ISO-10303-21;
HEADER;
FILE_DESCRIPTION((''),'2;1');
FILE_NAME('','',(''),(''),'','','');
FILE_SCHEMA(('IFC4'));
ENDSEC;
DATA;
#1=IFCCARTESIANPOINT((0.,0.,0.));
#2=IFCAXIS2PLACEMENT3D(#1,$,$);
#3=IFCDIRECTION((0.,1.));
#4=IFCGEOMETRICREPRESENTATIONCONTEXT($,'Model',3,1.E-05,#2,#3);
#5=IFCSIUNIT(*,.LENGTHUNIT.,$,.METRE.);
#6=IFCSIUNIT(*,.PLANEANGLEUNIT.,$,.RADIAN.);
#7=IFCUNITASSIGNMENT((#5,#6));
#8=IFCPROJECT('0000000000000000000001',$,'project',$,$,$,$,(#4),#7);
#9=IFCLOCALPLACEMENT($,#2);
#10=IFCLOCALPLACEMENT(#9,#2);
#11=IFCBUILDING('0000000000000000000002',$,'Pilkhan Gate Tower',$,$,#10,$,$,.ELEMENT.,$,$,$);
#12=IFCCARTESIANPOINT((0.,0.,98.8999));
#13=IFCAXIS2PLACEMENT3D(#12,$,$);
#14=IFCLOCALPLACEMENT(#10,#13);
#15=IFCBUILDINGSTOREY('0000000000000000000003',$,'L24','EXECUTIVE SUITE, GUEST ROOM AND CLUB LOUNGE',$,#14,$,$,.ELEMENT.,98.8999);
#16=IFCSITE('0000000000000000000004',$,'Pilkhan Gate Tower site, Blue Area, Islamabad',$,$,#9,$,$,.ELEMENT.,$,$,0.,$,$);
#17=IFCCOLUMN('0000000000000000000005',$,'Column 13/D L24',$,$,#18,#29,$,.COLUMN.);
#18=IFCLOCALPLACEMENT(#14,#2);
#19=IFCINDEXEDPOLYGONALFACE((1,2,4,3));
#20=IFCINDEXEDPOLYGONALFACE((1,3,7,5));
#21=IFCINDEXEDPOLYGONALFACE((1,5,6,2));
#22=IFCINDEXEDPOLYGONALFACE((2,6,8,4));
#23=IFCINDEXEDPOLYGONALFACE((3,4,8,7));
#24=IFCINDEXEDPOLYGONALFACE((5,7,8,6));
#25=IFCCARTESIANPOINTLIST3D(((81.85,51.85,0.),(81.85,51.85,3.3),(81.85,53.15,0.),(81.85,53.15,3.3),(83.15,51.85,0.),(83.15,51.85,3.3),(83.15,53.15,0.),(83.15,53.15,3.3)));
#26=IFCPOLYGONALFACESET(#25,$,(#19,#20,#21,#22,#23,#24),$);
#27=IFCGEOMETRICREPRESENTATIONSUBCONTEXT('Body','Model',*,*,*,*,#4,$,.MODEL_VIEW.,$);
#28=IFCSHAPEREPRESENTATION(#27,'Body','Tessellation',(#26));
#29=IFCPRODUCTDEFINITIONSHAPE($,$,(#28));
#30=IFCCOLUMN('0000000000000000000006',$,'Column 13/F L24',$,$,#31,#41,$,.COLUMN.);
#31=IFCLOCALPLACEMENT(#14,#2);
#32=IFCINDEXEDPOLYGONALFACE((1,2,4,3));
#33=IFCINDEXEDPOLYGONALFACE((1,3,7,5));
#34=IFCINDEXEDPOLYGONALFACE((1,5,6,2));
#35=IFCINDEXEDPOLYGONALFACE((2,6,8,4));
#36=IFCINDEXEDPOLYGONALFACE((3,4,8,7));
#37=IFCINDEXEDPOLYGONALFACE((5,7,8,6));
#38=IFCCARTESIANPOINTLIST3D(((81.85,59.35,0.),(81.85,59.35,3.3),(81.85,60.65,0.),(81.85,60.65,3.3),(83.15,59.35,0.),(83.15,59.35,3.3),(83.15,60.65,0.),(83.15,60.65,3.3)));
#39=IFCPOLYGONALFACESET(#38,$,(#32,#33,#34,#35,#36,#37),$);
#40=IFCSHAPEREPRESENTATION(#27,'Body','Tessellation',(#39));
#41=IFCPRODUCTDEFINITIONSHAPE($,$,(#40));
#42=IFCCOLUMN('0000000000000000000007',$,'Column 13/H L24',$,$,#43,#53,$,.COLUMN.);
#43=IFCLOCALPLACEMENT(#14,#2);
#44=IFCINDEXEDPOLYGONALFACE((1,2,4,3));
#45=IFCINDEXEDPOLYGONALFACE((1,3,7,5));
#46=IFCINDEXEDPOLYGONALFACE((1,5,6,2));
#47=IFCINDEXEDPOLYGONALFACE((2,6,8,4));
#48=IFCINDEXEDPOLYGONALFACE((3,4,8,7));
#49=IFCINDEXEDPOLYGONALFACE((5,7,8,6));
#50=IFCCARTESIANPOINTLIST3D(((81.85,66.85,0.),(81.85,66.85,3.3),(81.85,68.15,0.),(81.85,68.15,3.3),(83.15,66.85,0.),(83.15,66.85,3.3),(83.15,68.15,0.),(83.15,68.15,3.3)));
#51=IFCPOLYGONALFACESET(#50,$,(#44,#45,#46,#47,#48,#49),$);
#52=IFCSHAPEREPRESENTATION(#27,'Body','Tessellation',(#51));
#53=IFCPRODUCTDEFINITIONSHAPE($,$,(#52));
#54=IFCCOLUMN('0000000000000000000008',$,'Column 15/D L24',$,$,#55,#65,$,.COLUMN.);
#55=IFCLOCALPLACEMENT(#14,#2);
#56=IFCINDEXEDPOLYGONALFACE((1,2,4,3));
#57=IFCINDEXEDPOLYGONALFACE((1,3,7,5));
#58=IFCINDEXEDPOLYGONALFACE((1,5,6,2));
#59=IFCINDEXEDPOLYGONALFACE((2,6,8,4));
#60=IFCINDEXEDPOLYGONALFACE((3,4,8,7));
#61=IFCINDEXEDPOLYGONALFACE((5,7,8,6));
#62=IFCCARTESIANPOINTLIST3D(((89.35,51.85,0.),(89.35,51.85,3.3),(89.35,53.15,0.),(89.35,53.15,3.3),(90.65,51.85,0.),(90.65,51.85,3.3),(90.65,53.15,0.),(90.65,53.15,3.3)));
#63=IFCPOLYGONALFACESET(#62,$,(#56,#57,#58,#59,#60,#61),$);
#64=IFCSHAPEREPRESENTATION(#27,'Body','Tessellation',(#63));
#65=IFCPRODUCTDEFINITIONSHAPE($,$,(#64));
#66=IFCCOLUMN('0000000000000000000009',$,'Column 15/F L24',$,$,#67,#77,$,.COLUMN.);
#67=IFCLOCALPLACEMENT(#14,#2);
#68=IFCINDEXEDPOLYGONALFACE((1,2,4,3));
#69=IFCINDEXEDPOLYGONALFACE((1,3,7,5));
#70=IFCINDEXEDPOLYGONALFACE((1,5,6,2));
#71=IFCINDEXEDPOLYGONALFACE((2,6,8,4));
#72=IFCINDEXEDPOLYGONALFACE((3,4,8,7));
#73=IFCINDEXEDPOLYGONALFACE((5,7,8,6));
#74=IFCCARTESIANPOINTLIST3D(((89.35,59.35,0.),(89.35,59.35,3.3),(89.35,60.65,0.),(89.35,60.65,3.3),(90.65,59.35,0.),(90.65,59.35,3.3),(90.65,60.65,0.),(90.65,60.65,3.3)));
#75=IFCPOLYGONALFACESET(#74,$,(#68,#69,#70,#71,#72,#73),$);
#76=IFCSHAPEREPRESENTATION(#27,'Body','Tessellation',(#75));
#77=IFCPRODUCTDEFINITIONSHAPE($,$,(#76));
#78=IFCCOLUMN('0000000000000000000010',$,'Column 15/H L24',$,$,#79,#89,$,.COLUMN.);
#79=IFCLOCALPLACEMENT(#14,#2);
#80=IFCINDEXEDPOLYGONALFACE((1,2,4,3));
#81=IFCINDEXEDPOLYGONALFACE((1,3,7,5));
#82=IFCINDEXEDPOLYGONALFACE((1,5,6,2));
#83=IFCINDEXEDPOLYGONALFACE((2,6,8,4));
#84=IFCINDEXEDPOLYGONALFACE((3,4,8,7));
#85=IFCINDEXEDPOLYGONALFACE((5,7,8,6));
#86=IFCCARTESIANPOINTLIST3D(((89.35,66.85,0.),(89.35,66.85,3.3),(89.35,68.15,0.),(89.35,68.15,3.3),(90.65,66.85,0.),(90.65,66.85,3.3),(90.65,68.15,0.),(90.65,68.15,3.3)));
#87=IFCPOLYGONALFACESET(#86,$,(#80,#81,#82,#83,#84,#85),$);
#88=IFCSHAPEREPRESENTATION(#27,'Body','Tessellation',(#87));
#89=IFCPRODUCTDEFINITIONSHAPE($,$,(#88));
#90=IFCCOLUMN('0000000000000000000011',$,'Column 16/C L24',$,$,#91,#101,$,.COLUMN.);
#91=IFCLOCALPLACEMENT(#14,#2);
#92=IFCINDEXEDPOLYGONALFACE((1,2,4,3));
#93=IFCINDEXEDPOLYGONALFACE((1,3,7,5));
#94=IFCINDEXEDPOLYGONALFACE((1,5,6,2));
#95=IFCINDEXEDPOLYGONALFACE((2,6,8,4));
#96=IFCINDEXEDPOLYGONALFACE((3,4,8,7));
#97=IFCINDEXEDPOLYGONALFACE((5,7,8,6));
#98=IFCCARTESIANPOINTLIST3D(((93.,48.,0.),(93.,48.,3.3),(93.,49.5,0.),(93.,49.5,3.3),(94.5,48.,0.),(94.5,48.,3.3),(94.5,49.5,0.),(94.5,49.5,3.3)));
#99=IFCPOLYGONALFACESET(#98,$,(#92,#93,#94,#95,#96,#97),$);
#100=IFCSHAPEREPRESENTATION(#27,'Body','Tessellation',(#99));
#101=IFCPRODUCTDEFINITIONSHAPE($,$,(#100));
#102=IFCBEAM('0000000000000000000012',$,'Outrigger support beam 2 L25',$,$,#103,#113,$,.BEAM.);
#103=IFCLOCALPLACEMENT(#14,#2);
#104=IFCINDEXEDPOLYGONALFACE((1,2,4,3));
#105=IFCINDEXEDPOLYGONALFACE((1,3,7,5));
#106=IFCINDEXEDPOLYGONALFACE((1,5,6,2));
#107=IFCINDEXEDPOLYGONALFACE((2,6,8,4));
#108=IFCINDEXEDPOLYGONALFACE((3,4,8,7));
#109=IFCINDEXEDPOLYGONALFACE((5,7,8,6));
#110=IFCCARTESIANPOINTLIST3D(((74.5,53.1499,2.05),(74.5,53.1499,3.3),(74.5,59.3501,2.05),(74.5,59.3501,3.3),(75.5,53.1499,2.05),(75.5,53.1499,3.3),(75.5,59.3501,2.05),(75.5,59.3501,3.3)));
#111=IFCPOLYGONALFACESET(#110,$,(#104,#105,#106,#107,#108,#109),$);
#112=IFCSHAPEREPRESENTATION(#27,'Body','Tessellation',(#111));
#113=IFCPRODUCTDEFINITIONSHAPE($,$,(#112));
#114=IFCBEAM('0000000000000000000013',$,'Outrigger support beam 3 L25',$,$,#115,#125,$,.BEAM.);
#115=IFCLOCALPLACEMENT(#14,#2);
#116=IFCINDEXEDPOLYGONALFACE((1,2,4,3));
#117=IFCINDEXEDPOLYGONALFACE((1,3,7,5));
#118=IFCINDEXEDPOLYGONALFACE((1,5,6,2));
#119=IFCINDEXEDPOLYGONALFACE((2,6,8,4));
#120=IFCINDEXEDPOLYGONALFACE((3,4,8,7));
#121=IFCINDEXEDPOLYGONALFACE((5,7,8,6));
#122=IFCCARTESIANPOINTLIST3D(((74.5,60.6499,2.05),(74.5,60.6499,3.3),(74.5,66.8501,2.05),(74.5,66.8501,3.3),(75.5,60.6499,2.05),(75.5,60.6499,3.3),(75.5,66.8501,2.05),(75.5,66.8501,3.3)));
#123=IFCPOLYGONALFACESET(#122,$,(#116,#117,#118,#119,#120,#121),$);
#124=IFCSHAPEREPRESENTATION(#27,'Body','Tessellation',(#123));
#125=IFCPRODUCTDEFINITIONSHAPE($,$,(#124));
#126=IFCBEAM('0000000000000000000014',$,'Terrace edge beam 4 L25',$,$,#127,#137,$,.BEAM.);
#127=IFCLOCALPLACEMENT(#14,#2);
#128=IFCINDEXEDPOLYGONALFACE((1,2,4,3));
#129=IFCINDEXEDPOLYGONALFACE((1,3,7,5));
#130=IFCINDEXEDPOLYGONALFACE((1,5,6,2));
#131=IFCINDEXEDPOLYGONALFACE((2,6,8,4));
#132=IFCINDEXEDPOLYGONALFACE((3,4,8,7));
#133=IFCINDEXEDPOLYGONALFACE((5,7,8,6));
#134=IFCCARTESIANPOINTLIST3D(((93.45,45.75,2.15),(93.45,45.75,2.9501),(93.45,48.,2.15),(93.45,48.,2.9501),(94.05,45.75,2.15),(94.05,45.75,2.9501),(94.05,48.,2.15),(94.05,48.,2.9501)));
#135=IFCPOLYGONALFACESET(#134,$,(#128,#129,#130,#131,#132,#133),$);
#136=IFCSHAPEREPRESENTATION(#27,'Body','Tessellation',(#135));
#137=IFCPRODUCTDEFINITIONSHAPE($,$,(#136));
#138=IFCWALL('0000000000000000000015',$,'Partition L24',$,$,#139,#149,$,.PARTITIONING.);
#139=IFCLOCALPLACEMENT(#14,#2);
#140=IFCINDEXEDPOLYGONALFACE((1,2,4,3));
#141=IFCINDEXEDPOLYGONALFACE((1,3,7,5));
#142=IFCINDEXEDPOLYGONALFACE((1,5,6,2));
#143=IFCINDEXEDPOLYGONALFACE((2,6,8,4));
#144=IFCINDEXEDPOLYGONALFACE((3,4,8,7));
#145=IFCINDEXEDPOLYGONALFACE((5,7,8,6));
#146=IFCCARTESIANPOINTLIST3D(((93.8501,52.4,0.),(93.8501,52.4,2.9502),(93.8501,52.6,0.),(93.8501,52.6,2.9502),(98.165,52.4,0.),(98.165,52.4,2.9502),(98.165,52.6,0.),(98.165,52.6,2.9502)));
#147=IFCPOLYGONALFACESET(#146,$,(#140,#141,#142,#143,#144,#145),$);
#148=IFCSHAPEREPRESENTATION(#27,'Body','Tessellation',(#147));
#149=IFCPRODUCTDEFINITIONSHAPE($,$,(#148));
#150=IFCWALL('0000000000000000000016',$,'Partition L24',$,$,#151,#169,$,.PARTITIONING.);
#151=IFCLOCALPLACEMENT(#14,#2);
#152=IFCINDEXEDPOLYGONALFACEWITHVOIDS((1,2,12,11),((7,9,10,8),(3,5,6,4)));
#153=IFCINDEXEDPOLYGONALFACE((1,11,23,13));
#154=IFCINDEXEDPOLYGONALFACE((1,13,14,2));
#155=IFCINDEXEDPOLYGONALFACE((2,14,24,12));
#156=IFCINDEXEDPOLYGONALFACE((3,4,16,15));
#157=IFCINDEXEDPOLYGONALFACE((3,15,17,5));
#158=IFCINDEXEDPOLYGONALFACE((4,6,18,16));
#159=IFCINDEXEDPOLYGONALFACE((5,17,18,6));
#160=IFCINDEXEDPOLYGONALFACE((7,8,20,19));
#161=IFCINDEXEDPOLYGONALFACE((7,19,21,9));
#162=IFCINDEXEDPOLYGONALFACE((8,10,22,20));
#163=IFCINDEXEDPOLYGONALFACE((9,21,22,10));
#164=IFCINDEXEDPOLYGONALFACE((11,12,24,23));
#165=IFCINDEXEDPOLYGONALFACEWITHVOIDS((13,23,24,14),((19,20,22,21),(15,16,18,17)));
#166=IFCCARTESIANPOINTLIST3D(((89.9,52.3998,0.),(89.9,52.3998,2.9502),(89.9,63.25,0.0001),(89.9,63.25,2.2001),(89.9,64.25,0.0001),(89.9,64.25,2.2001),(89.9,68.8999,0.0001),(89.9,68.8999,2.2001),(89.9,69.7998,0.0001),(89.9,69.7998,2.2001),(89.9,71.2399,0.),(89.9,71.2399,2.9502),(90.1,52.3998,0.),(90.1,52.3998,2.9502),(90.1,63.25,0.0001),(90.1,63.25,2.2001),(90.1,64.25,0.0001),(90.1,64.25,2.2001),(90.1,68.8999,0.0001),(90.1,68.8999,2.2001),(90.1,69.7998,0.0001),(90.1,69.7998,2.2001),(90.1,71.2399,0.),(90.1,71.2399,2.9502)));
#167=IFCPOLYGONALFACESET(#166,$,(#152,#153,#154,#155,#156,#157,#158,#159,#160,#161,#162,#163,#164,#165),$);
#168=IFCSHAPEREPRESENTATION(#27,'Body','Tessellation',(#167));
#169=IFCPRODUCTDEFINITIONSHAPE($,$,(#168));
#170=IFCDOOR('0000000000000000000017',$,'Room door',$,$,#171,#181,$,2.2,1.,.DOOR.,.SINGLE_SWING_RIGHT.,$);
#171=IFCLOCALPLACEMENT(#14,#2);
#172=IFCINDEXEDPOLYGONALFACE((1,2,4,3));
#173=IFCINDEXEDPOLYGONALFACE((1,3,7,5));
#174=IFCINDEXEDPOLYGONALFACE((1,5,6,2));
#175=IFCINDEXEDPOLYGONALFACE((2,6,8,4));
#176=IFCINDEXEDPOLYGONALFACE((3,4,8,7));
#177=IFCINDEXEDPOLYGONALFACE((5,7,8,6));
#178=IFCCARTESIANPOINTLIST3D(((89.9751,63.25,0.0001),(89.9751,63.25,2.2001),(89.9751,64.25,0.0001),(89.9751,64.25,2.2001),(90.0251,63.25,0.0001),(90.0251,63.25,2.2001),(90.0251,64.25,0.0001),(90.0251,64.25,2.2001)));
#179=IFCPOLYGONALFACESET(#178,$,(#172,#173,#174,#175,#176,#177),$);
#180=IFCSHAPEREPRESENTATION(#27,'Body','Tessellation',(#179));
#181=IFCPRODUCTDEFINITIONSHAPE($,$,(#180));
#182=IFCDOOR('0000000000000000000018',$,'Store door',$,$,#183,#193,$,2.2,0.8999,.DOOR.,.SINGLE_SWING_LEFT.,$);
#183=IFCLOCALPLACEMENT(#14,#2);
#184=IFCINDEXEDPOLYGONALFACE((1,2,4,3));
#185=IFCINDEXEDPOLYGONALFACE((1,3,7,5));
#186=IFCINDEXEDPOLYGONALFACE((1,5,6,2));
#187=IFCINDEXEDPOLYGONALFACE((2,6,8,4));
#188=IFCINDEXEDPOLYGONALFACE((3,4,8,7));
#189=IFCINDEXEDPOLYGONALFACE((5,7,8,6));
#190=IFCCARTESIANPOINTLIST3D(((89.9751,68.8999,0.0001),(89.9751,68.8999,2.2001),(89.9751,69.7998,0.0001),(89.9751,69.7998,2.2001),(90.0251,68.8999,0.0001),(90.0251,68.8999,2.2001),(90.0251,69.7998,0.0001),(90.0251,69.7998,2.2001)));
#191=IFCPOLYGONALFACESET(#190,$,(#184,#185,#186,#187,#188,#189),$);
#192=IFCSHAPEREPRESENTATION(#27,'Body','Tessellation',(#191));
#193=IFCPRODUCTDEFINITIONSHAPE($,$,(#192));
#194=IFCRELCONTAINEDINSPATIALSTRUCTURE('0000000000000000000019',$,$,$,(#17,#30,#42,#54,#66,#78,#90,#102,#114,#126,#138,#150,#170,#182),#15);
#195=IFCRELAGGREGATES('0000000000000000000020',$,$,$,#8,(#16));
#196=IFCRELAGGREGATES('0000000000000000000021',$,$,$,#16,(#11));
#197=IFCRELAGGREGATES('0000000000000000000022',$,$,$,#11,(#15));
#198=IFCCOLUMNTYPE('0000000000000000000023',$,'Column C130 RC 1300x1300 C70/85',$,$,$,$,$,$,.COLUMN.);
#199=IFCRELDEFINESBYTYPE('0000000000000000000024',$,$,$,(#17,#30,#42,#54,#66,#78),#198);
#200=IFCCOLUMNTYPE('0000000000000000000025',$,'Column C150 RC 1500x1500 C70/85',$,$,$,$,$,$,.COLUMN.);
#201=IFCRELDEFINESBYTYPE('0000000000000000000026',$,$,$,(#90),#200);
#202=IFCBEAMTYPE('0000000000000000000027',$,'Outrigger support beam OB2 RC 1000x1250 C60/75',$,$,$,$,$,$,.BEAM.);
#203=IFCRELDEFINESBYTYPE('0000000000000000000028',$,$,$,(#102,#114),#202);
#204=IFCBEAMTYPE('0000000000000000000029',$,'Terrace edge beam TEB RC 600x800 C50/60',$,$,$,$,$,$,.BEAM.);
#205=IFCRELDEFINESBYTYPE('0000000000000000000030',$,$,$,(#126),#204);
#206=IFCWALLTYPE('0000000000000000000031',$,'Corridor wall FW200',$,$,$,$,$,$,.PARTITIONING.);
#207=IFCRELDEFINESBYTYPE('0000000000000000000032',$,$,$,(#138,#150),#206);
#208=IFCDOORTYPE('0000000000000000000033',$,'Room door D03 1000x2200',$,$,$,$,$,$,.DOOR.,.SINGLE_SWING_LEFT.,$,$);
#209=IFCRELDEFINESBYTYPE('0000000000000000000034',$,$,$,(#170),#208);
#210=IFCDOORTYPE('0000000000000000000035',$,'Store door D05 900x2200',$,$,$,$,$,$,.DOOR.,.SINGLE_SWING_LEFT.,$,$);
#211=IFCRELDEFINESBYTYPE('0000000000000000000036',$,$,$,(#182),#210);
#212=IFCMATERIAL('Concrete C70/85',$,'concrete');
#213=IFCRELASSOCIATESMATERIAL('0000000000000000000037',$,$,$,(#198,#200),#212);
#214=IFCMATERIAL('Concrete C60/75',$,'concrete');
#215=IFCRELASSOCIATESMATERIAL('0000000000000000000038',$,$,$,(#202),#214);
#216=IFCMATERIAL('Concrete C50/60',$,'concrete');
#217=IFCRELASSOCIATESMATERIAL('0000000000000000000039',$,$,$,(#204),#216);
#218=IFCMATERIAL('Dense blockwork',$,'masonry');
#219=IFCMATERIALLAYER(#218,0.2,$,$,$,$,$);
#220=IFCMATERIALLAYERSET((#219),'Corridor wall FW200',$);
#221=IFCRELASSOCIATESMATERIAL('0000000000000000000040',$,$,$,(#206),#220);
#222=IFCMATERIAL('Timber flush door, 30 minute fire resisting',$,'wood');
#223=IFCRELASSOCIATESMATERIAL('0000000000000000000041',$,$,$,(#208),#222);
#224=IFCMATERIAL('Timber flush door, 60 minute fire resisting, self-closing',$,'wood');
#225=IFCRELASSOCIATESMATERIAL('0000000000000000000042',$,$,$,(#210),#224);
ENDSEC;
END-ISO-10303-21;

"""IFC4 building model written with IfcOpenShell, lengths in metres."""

from ifc_helpers import new_model, si_unit, direction, frame, frame_2d, origin, origin_2d, place, context, subcontext, project, spatial, rectangle, extrude, material, layer, layer_set, material_profile, profile_set, type_object, element, fill, save


model = new_model("IFC4")

# Units and contexts
model_context = context("Model", 3, precision=1e-05, world=origin(), true_north=direction((0.0, 1.0)))
body_context = subcontext(model_context, "Body", "Model", "MODEL_VIEW")
ifc_project = project(units=[si_unit("LENGTHUNIT", "METRE"), si_unit("PLANEANGLEUNIT", "RADIAN")], contexts=[model_context])

# Site, building, storey
site_placement = place(None, origin())
site = spatial("IfcSite", under=ifc_project, at=site_placement, Name="Pilkhan Gate Tower site, Blue Area, Islamabad", CompositionType="ELEMENT", RefElevation=0.0)
building_placement = place(site_placement, origin())
building = spatial("IfcBuilding", under=site, at=building_placement, Name="Pilkhan Gate Tower", CompositionType="ELEMENT")
storey_placement = place(building_placement, frame((0.0, 0.0, 98.8999)))
storey = spatial("IfcBuildingStorey", under=building, at=storey_placement, Name="L24", Description="EXECUTIVE SUITE, GUEST ROOM AND CLUB LOUNGE", CompositionType="ELEMENT", Elevation=98.8999)

# Columns
ifc_material_1 = material(Name="Concrete C70/85", Category="concrete")
ifc_material_profile_1 = material_profile(ifc_material_1, rectangle(XDim=1.3, YDim=1.3, at=origin_2d()), Name="RC 1300x1300")
ifc_profile_set_1 = profile_set([ifc_material_profile_1], Name="Concrete C70/85")
column_type_1 = type_object("IfcColumnType", Name="Column C130 RC 1300x1300 C70/85", PredefinedType="COLUMN", material=ifc_profile_set_1)
for number, where, z_axis, x_axis, name in (
    (1, (82.5, 52.5, 0.0), (0.0, 0.0, 1.0), (1.0, 0.0, 0.0), "Column 13/D L24"),
    (2, (82.5, 60.0, 0.0), (0.0, 0.0, 1.0), (1.0, 0.0, 0.0), "Column 13/F L24"),
    (3, (82.5, 67.5, 0.0), (0.0, 0.0, 1.0), (1.0, 0.0, 0.0), "Column 13/H L24"),
    (4, (90.0, 52.5, 0.0), (0.0, 0.0, 1.0), (1.0, 0.0, 0.0), "Column 15/D L24"),
    (5, (90.0, 60.0, 0.0), (0.0, 0.0, 1.0), (1.0, 0.0, 0.0), "Column 15/F L24"),
    (6, (90.0, 67.5, 0.0), (0.0, 0.0, 1.0), (1.0, 0.0, 0.0), "Column 15/H L24"),
):
    element("IfcColumn", number, at=place(storey_placement, frame(where, z_axis=z_axis, x_axis=x_axis)), inside=storey, type_object=column_type_1, Name=name, PredefinedType="COLUMN", context=body_context, shape_type="SweptSolid", body=[
        extrude(rectangle(XDim=1.3, YDim=1.3, at=origin_2d()), origin(), (0.0, 0.0, 1.0), 3.3),
    ])
ifc_material_profile_2 = material_profile(ifc_material_1, rectangle(XDim=1.5, YDim=1.5, at=origin_2d()), Name="RC 1500x1500")
ifc_profile_set_2 = profile_set([ifc_material_profile_2], Name="Concrete C70/85")
column_type_2 = type_object("IfcColumnType", Name="Column C150 RC 1500x1500 C70/85", PredefinedType="COLUMN", material=ifc_profile_set_2)
column_placement = place(storey_placement, frame((93.75, 48.75, 0.0), z_axis=(0.0, 0.0, 1.0), x_axis=(1.0, 0.0, 0.0)))
element("IfcColumn", 7, at=column_placement, inside=storey, type_object=column_type_2, Name="Column 16/C L24", PredefinedType="COLUMN", context=body_context, shape_type="SweptSolid", body=[
    extrude(rectangle(XDim=1.5, YDim=1.5, at=origin_2d()), origin(), (0.0, 0.0, 1.0), 3.3),
])

# Beams
ifc_material_2 = material(Name="Concrete C60/75", Category="concrete")
ifc_material_profile_3 = material_profile(ifc_material_2, rectangle(XDim=1.0, YDim=1.25, at=origin_2d()), Name="RC 1000x1250")
ifc_profile_set_3 = profile_set([ifc_material_profile_3], Name="Concrete C60/75")
beam_type_1 = type_object("IfcBeamType", Name="Outrigger support beam OB2 RC 1000x1250 C60/75", PredefinedType="BEAM", material=ifc_profile_set_3)
for number, where, z_axis, x_axis, name in (
    (8, (75.0, 53.1499, 2.675), (0.0, 1.0, 0.0), (-1.0, 0.0, 0.0), "Outrigger support beam 2 L25"),
    (9, (75.0, 60.6499, 2.675), (0.0, 1.0, 0.0), (-1.0, 0.0, 0.0), "Outrigger support beam 3 L25"),
):
    element("IfcBeam", number, at=place(storey_placement, frame(where, z_axis=z_axis, x_axis=x_axis)), inside=storey, type_object=beam_type_1, Name=name, PredefinedType="BEAM", context=body_context, shape_type="SweptSolid", body=[
        extrude(rectangle(XDim=1.0, YDim=1.25, at=origin_2d()), origin(), (0.0, 0.0, 1.0), 6.2002),
    ])
ifc_material_3 = material(Name="Concrete C50/60", Category="concrete")
ifc_material_profile_4 = material_profile(ifc_material_3, rectangle(XDim=0.6001, YDim=0.8, at=origin_2d()), Name="RC 600x800")
ifc_profile_set_4 = profile_set([ifc_material_profile_4], Name="Concrete C50/60")
beam_type_2 = type_object("IfcBeamType", Name="Terrace edge beam TEB RC 600x800 C50/60", PredefinedType="BEAM", material=ifc_profile_set_4)
beam_placement = place(storey_placement, frame((93.75, 48.0, 2.55), z_axis=(0.0, -1.0, 0.0), x_axis=(1.0, 0.0, 0.0)))
element("IfcBeam", 10, at=beam_placement, inside=storey, type_object=beam_type_2, Name="Terrace edge beam 4 L25", PredefinedType="BEAM", context=body_context, shape_type="SweptSolid", body=[
    extrude(rectangle(XDim=0.6001, YDim=0.8, at=origin_2d()), origin(), (0.0, 0.0, 1.0), 2.25),
])

# Wall
ifc_material_4 = material(Name="Dense blockwork", Category="masonry")
ifc_layer_1 = layer(ifc_material_4, 0.2)
ifc_layer_set_1 = layer_set([ifc_layer_1], Name="Corridor wall FW200")
wall_type_1 = type_object("IfcWallType", Name="Corridor wall FW200", PredefinedType="PARTITIONING", material=ifc_layer_set_1)
wall_1_placement = place(storey_placement, frame((93.8501, 52.5, 0.0), z_axis=(0.0, 0.0, 1.0), x_axis=(1.0, 0.0, 0.0)))
element("IfcWall", 11, at=wall_1_placement, inside=storey, type_object=wall_type_1, Name="Partition L24", PredefinedType="PARTITIONING", context=body_context, shape_type="SweptSolid", body=[
    extrude(rectangle(XDim=4.3149, YDim=0.2, at=frame_2d((2.1575, 0.0))), origin(), (0.0, 0.0, 1.0), 2.9502),
])

# Wall, openings, doors
wall_2_placement = place(storey_placement, frame((90.0, 52.3999, 0.0), z_axis=(0.0, 0.0, 1.0), x_axis=(0.0, 1.0, 0.0)))
wall_2 = element("IfcWall", 12, at=wall_2_placement, inside=storey, type_object=wall_type_1, Name="Partition L24", PredefinedType="PARTITIONING", context=body_context, shape_type="SweptSolid", body=[
    extrude(rectangle(XDim=18.8401, YDim=0.2, at=frame_2d((9.4199, 0.0))), origin(), (0.0, 0.0, 1.0), 2.9502),
])
opening_1_placement = place(wall_2_placement, frame((10.8501, 0.0, 0.0)))
opening_1 = element("IfcOpeningElement", 13, at=opening_1_placement, cuts=wall_2, PredefinedType="OPENING", context=body_context, shape_type="SweptSolid", body=[
    extrude(rectangle(XDim=1.0, YDim=2.2, at=frame_2d((0.5, 1.1001))), frame((0.0, 0.1099, 0.0), z_axis=(0.0, -1.0, 0.0), x_axis=(1.0, 0.0, 0.0)), (0.0, 0.0, 1.0), 0.22),
])
opening_2_placement = place(wall_2_placement, frame((16.5, 0.0, 0.0)))
opening_2 = element("IfcOpeningElement", 14, at=opening_2_placement, cuts=wall_2, PredefinedType="OPENING", context=body_context, shape_type="SweptSolid", body=[
    extrude(rectangle(XDim=0.8999, YDim=2.2, at=frame_2d((0.45, 1.1001))), frame((0.0, 0.1099, 0.0), z_axis=(0.0, -1.0, 0.0), x_axis=(1.0, 0.0, 0.0)), (0.0, 0.0, 1.0), 0.22),
])
ifc_material_5 = material(Name="Timber flush door, 30 minute fire resisting", Category="wood")
door_type_1 = type_object("IfcDoorType", Name="Room door D03 1000x2200", OperationType="SINGLE_SWING_LEFT", PredefinedType="DOOR", material=ifc_material_5)
door_1_placement = place(opening_1_placement, origin())
door_1 = element("IfcDoor", 15, at=door_1_placement, inside=storey, type_object=door_type_1, Name="Room door", OperationType="SINGLE_SWING_RIGHT", OverallHeight=2.2, OverallWidth=1.0, PredefinedType="DOOR", context=body_context, shape_type="SweptSolid", body=[
    extrude(rectangle(XDim=1.0, YDim=2.2, at=frame_2d((0.5, 1.1001))), frame((0.0, 0.0249, 0.0), z_axis=(0.0, -1.0, 0.0), x_axis=(1.0, 0.0, 0.0)), (0.0, 0.0, 1.0), 0.05),
])
fill(opening_1, door_1)
ifc_material_6 = material(Name="Timber flush door, 60 minute fire resisting, self-closing", Category="wood")
door_type_2 = type_object("IfcDoorType", Name="Store door D05 900x2200", OperationType="SINGLE_SWING_LEFT", PredefinedType="DOOR", material=ifc_material_6)
door_2_placement = place(opening_2_placement, origin())
door_2 = element("IfcDoor", 16, at=door_2_placement, inside=storey, type_object=door_type_2, Name="Store door", OperationType="SINGLE_SWING_LEFT", OverallHeight=2.2, OverallWidth=0.8999, PredefinedType="DOOR", context=body_context, shape_type="SweptSolid", body=[
    extrude(rectangle(XDim=0.8999, YDim=2.2, at=frame_2d((0.45, 1.1001))), frame((0.0, 0.0249, 0.0), z_axis=(0.0, -1.0, 0.0), x_axis=(1.0, 0.0, 0.0)), (0.0, 0.0, 1.0), 0.05),
])
fill(opening_2, door_2)

save(model, "model.ifc")
